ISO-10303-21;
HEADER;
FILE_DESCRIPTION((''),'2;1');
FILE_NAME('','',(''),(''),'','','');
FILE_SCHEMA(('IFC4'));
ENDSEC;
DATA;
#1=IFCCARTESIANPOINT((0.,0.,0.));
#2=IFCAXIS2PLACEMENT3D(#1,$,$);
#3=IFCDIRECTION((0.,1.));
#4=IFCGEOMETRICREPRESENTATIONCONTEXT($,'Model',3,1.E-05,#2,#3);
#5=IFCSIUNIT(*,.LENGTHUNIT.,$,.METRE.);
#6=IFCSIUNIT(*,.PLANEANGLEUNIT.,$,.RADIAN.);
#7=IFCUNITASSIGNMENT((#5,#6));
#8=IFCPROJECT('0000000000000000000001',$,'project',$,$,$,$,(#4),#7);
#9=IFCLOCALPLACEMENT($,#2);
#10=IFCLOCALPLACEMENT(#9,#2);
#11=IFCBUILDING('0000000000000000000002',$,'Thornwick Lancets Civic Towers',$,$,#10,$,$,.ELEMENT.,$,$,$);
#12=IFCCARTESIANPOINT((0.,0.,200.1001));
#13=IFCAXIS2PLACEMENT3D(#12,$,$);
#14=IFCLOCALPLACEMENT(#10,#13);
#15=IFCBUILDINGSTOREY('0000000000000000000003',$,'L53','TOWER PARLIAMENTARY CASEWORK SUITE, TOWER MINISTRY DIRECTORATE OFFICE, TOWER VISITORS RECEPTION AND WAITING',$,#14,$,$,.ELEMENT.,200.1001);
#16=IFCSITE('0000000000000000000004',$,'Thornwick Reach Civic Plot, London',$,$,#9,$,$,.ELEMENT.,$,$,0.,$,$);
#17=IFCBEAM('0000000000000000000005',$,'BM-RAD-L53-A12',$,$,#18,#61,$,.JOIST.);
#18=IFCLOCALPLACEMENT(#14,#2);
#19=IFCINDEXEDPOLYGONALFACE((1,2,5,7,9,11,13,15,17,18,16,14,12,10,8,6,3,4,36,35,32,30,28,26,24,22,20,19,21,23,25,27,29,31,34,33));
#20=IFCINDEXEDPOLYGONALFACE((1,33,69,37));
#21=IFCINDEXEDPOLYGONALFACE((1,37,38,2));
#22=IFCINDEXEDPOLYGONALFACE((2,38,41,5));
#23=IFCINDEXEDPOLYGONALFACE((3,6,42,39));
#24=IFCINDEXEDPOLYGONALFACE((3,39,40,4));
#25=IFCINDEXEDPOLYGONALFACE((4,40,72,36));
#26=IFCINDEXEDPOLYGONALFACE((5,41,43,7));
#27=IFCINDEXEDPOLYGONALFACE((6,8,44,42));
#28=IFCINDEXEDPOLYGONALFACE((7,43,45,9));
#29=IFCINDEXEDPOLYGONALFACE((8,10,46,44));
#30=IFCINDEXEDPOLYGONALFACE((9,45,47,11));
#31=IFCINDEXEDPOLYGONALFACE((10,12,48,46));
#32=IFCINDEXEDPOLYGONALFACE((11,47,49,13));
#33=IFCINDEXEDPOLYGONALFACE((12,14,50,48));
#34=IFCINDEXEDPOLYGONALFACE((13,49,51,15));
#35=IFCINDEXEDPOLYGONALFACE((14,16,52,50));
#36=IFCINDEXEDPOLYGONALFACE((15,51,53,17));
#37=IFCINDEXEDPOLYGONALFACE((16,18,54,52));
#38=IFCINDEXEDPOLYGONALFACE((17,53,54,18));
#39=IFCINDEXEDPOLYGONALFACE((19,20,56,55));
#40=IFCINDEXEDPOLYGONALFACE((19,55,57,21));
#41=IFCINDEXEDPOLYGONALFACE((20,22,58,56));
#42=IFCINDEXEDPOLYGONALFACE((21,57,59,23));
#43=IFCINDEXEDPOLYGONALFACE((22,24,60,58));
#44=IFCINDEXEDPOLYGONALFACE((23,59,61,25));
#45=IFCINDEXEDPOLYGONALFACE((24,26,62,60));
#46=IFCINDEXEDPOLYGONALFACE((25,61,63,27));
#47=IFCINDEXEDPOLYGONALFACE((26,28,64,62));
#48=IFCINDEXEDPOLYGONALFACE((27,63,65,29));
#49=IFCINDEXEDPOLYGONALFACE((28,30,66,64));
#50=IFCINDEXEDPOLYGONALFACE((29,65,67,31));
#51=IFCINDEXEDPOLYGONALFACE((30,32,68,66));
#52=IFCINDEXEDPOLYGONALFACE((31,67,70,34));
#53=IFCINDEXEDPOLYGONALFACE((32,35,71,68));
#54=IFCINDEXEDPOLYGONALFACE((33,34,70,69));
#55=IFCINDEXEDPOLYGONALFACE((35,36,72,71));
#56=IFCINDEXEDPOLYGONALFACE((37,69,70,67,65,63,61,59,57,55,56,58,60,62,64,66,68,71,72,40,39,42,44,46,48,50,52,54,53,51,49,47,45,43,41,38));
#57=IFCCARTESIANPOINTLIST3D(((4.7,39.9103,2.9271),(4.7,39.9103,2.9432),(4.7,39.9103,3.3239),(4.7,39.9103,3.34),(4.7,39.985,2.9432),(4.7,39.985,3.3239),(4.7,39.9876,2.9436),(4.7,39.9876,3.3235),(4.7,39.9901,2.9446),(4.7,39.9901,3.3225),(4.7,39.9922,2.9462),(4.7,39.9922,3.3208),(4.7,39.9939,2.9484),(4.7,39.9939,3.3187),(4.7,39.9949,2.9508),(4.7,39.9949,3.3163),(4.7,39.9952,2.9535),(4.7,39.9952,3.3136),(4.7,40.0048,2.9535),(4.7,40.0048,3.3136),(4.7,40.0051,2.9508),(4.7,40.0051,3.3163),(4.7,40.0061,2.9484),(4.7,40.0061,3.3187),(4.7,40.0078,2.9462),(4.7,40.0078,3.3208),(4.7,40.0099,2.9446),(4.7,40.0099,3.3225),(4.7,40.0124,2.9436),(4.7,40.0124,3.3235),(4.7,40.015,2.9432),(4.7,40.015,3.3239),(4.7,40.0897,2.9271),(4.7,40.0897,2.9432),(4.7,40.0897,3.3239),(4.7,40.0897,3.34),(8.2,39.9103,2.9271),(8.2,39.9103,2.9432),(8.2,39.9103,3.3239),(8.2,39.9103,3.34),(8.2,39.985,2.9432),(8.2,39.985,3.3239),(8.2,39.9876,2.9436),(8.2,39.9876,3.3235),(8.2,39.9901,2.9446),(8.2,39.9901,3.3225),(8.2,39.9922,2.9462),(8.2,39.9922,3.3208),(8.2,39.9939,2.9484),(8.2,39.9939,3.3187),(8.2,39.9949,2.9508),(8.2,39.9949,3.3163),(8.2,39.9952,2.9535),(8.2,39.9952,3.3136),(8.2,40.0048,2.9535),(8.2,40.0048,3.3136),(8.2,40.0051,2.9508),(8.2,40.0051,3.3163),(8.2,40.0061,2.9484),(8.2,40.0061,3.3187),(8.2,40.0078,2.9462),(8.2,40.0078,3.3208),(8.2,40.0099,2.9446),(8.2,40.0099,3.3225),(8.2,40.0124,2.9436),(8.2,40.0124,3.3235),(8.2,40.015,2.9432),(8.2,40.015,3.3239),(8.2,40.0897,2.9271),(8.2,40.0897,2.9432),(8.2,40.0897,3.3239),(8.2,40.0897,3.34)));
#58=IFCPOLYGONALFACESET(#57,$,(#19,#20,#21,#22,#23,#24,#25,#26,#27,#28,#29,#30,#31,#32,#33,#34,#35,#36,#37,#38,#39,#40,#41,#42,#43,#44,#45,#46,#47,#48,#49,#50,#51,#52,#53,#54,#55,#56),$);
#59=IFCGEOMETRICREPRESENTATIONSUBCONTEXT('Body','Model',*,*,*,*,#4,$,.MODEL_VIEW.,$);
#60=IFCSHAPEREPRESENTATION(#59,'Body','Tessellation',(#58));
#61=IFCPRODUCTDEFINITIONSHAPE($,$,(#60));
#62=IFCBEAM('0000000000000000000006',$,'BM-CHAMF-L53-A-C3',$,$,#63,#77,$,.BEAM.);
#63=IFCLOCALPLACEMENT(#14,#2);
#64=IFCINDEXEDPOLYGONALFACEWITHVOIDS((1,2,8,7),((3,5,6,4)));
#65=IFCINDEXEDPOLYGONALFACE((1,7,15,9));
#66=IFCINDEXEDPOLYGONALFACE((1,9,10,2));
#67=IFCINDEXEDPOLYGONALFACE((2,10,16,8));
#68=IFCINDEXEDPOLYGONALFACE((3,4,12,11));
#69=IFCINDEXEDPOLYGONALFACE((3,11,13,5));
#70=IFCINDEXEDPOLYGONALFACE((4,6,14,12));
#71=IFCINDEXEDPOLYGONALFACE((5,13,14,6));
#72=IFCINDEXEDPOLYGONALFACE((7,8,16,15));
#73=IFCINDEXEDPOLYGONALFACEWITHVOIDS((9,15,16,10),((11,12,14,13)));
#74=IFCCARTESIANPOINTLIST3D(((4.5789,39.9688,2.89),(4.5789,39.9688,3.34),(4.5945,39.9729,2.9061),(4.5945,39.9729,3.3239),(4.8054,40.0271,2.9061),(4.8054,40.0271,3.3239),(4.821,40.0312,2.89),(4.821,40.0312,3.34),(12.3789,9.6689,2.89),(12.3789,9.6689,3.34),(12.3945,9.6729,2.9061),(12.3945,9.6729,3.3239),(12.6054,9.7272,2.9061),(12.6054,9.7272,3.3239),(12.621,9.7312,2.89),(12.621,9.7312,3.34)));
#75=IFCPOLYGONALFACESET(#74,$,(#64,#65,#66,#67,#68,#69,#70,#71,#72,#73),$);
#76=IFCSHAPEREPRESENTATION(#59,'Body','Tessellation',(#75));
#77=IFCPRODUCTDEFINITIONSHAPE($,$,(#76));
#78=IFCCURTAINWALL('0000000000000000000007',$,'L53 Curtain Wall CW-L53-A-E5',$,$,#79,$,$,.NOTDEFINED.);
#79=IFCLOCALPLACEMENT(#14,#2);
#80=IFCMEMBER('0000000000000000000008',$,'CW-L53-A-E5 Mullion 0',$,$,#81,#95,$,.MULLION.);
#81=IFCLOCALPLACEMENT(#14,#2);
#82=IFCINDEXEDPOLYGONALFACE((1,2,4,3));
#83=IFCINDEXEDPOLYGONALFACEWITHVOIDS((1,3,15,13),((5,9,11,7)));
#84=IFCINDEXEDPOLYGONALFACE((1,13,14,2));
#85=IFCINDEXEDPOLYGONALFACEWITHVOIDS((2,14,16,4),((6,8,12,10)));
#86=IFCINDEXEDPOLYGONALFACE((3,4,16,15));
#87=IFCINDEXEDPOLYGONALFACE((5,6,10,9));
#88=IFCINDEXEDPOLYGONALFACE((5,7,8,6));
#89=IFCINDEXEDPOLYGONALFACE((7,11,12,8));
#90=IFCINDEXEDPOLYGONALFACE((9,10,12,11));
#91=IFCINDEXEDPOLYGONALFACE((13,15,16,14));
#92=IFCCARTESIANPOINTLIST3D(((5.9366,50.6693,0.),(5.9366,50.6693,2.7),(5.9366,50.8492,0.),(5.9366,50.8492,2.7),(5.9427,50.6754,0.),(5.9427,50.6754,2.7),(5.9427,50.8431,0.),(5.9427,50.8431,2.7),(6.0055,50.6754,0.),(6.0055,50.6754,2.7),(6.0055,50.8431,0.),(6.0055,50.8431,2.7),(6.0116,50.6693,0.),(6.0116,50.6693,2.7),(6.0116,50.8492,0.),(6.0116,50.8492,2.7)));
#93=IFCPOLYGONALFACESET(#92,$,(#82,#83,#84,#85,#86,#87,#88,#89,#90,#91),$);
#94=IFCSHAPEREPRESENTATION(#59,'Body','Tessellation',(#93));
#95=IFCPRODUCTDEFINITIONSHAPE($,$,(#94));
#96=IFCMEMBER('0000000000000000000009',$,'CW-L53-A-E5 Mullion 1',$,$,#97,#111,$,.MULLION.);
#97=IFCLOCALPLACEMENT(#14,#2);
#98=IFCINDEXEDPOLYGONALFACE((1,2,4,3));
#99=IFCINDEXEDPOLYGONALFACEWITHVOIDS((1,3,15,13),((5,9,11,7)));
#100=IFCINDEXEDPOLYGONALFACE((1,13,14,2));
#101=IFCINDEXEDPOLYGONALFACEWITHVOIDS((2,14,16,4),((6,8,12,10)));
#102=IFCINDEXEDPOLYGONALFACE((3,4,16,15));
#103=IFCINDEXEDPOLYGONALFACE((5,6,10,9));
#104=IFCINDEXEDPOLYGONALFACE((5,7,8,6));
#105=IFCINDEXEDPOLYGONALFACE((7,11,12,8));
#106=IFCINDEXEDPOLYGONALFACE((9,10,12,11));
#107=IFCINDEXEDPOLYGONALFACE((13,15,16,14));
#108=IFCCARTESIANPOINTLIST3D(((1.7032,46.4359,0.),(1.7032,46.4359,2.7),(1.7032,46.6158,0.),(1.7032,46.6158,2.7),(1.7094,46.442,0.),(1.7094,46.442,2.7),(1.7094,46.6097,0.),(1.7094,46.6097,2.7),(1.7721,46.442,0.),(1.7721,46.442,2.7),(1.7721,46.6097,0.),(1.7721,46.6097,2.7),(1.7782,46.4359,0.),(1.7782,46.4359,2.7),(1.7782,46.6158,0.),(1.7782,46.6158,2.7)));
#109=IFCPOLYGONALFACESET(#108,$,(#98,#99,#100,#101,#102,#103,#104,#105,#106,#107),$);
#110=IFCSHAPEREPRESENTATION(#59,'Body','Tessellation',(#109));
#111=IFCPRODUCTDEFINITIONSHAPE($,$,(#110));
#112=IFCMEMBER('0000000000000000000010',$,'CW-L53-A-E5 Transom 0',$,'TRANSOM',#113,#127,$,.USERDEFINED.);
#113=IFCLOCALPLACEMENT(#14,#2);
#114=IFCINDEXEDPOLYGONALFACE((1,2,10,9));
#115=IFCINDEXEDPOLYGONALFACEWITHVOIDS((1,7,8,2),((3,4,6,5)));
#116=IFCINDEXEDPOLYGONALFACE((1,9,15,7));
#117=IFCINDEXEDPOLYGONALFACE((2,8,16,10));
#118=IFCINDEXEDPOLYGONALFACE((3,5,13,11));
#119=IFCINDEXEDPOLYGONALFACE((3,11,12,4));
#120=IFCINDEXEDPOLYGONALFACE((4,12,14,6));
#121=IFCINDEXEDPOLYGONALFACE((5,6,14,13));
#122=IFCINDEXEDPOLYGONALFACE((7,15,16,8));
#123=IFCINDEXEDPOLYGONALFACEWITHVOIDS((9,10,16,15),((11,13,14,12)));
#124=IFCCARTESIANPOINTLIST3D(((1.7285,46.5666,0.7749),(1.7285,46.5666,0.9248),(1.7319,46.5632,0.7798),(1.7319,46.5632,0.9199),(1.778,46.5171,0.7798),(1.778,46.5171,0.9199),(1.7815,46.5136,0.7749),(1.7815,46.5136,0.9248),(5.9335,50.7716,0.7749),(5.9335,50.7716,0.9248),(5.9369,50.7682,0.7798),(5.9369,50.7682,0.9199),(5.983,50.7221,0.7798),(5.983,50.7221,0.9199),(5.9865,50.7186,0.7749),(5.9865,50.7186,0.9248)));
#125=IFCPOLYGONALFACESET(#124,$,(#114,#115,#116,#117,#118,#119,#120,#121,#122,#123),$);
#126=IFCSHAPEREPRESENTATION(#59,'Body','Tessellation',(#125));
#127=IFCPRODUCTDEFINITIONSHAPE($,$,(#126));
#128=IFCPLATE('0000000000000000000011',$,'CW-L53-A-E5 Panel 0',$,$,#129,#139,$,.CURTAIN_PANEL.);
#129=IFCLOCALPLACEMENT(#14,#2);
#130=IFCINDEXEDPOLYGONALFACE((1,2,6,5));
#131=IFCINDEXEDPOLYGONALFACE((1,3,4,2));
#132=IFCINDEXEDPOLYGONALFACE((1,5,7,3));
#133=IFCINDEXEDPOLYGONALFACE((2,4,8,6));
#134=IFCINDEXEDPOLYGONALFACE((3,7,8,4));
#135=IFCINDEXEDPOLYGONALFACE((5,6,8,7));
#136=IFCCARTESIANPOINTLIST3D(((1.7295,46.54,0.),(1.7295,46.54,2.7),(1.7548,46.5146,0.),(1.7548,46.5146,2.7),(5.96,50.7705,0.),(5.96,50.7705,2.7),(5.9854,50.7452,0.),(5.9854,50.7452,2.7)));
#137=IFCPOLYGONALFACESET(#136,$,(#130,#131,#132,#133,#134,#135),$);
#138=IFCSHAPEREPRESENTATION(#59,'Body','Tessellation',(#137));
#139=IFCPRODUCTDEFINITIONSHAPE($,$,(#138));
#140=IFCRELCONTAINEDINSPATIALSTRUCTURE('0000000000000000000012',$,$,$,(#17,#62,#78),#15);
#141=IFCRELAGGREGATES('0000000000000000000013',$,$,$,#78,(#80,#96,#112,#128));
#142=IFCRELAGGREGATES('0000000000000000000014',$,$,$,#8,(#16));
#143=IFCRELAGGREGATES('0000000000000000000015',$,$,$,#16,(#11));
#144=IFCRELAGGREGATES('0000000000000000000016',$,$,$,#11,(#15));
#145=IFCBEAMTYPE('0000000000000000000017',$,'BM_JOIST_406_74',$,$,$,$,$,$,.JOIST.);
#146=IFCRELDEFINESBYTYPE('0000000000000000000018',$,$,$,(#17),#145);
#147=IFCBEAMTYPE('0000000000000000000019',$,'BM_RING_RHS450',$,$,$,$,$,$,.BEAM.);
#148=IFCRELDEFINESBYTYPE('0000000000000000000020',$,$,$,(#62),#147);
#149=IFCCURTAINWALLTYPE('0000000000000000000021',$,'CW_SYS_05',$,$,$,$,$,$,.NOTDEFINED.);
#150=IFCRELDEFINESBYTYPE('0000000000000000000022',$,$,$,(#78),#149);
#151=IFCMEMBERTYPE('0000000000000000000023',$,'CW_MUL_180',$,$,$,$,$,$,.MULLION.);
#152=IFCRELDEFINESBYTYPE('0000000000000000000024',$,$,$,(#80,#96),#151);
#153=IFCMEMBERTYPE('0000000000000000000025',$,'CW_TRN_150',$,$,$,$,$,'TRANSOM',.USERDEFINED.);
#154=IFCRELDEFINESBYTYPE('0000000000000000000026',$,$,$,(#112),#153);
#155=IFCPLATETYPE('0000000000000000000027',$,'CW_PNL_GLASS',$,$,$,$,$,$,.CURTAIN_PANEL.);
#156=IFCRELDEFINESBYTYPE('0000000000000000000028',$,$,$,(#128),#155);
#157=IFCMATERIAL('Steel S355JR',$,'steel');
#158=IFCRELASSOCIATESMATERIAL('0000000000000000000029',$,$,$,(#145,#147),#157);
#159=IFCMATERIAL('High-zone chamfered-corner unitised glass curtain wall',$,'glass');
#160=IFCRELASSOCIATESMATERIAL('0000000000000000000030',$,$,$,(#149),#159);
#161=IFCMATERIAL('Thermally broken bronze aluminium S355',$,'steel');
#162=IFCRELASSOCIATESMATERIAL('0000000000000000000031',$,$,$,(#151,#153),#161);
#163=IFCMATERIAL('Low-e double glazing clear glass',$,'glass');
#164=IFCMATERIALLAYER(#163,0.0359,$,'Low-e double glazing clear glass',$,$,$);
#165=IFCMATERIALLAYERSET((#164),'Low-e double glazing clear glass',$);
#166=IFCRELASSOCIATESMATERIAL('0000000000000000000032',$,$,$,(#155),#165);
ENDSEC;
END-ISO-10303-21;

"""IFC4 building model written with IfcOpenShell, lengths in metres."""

from ifc_helpers import new_model, si_unit, direction, frame, origin, origin_2d, place, context, subcontext, project, spatial, rectangle, hollow_rectangle, i_section, extrude, material, layer, layer_set, material_profile, profile_set, type_object, element, aggregate, save


model = new_model("IFC4")

# Units and contexts
model_context = context("Model", 3, precision=1e-05, world=origin(), true_north=direction((0.0, 1.0)))
body_context = subcontext(model_context, "Body", "Model", "MODEL_VIEW")
ifc_project = project(units=[si_unit("LENGTHUNIT", "METRE"), si_unit("PLANEANGLEUNIT", "RADIAN")], contexts=[model_context])

# Site, building, storey
site_placement = place(None, origin())
site = spatial("IfcSite", under=ifc_project, at=site_placement, Name="Thornwick Reach Civic Plot, London", CompositionType="ELEMENT", RefElevation=0.0)
building_placement = place(site_placement, origin())
building = spatial("IfcBuilding", under=site, at=building_placement, Name="Thornwick Lancets Civic Towers", CompositionType="ELEMENT")
storey_placement = place(building_placement, frame((0.0, 0.0, 200.1001)))
storey = spatial("IfcBuildingStorey", under=building, at=storey_placement, Name="L53", Description="TOWER PARLIAMENTARY CASEWORK SUITE, TOWER MINISTRY DIRECTORATE OFFICE, TOWER VISITORS RECEPTION AND WAITING", CompositionType="ELEMENT", Elevation=200.1001)

# Shared definitions
ifc_material_1 = material(Name="Steel S355JR", Category="steel")

# Beams
ifc_material_profile_1 = material_profile(ifc_material_1, i_section(OverallWidth=0.1794, OverallDepth=0.4128, WebThickness=0.0095, FlangeThickness=0.0161, FilletRadius=0.0103, at=origin_2d()), Name="UKB 406x178x74")
ifc_profile_set_1 = profile_set([ifc_material_profile_1], Name="Steel S355JR")
beam_type_1 = type_object("IfcBeamType", Name="BM_JOIST_406_74", PredefinedType="JOIST", material=ifc_profile_set_1)
for number, where, z_axis, x_axis, name in (
    (1, (8.2, 40.0, 3.1335), (-1.0, 0.0, 0.0), (0.0, -1.0, 0.0), "BM-RAD-L53-A12"),
):
    element("IfcBeam", number, at=place(storey_placement, frame(where, z_axis=z_axis, x_axis=x_axis)), inside=storey, type_object=beam_type_1, Name=name, PredefinedType="JOIST", context=body_context, shape_type="SweptSolid", body=[
        extrude(i_section(OverallWidth=0.1794, OverallDepth=0.4128, WebThickness=0.0095, FlangeThickness=0.0161, FilletRadius=0.0103, at=origin_2d()), origin(), (0.0, 0.0, 1.0), 3.5),
    ])
ifc_material_profile_2 = material_profile(ifc_material_1, hollow_rectangle(XDim=0.25, YDim=0.45, WallThickness=0.0161, at=origin_2d()), Name="RHS 450x250x16")
ifc_profile_set_2 = profile_set([ifc_material_profile_2], Name="Steel S355JR")
beam_type_2 = type_object("IfcBeamType", Name="BM_RING_RHS450", PredefinedType="BEAM", material=ifc_profile_set_2)
beam_1_placement = place(storey_placement, frame((4.7, 40.0, 3.115), z_axis=(0.249299, -0.968427, 0.0), x_axis=(0.968427, 0.249299, 0.0)))
element("IfcBeam", 2, at=beam_1_placement, inside=storey, type_object=beam_type_2, Name="BM-CHAMF-L53-A-C3", PredefinedType="BEAM", context=body_context, shape_type="SweptSolid", body=[
    extrude(hollow_rectangle(XDim=0.25, YDim=0.45, WallThickness=0.0161, at=origin_2d()), origin(), (0.0, 0.0, 1.0), 31.2878),
])

# Curtain wall, members, plate
ifc_material_2 = material(Name="High-zone chamfered-corner unitised glass curtain wall", Category="glass")
curtain_wall_type = type_object("IfcCurtainWallType", Name="CW_SYS_05", PredefinedType="NOTDEFINED", material=ifc_material_2)
curtain_wall_placement = place(storey_placement, origin())
curtain_wall = element("IfcCurtainWall", 3, at=curtain_wall_placement, inside=storey, type_object=curtain_wall_type, Name="L53 Curtain Wall CW-L53-A-E5", PredefinedType="NOTDEFINED")
ifc_material_3 = material(Name="Thermally broken bronze aluminium S355", Category="steel")
ifc_material_profile_3 = material_profile(ifc_material_3, hollow_rectangle(XDim=0.075, YDim=0.1799, WallThickness=0.0061, at=origin_2d()), Name="RHS 180x75x6")
ifc_profile_set_3 = profile_set([ifc_material_profile_3], Name="Thermally broken bronze aluminium S355")
member_type_1 = type_object("IfcMemberType", Name="CW_MUL_180", PredefinedType="MULLION", material=ifc_profile_set_3)
member_1_placement = place(storey_placement, frame((5.9741, 50.7593, 0.0), z_axis=(0.0, 0.0, 1.0), x_axis=(1.0, 0.0, 0.0)))
member_1 = element("IfcMember", 4, at=member_1_placement, type_object=member_type_1, Name="CW-L53-A-E5 Mullion 0", PredefinedType="MULLION", context=body_context, shape_type="SweptSolid", body=[
    extrude(hollow_rectangle(XDim=0.075, YDim=0.1799, WallThickness=0.0061, at=origin_2d()), origin(), (0.0, 0.0, 1.0), 2.7),
])
member_2_placement = place(storey_placement, frame((1.7407, 46.5259, 0.0), z_axis=(0.0, 0.0, 1.0), x_axis=(1.0, 0.0, 0.0)))
member_2 = element("IfcMember", 5, at=member_2_placement, type_object=member_type_1, Name="CW-L53-A-E5 Mullion 1", PredefinedType="MULLION", context=body_context, shape_type="SweptSolid", body=[
    extrude(hollow_rectangle(XDim=0.075, YDim=0.1799, WallThickness=0.0061, at=origin_2d()), origin(), (0.0, 0.0, 1.0), 2.7),
])
ifc_material_profile_4 = material_profile(ifc_material_3, hollow_rectangle(XDim=0.075, YDim=0.1499, WallThickness=0.0049, at=origin_2d()), Name="RHS 150x75x5")
ifc_profile_set_4 = profile_set([ifc_material_profile_4], Name="Thermally broken bronze aluminium S355")
member_type_2 = type_object("IfcMemberType", Name="CW_TRN_150", ElementType="TRANSOM", PredefinedType="USERDEFINED", material=ifc_profile_set_4)
member_3_placement = place(storey_placement, frame((5.96, 50.7451, 0.8499), z_axis=(-0.707107, -0.707107, 0.0), x_axis=(0.707107, -0.707107, 0.0)))
member_3 = element("IfcMember", 6, at=member_3_placement, type_object=member_type_2, Name="CW-L53-A-E5 Transom 0", ObjectType="TRANSOM", PredefinedType="USERDEFINED", context=body_context, shape_type="SweptSolid", body=[
    extrude(hollow_rectangle(XDim=0.075, YDim=0.1499, WallThickness=0.0049, at=origin_2d()), origin(), (0.0, 0.0, 1.0), 5.9468),
])
ifc_material_4 = material(Name="Low-e double glazing clear glass", Category="glass")
ifc_layer_1 = layer(ifc_material_4, 0.0359, Name="Low-e double glazing clear glass")
ifc_layer_set_1 = layer_set([ifc_layer_1], Name="Low-e double glazing clear glass")
plate_type = type_object("IfcPlateType", Name="CW_PNL_GLASS", PredefinedType="CURTAIN_PANEL", material=ifc_layer_set_1)
plate_placement = place(storey_placement, frame((3.8574, 48.6426, 0.0), z_axis=(0.0, 0.0, 1.0), x_axis=(-0.707107, -0.707107, 0.0)))
plate = element("IfcPlate", 7, at=plate_placement, type_object=plate_type, Name="CW-L53-A-E5 Panel 0", PredefinedType="CURTAIN_PANEL", context=body_context, shape_type="SweptSolid", body=[
    extrude(rectangle(XDim=5.9829, YDim=0.0359, at=origin_2d()), origin(), (0.0, 0.0, 1.0), 2.7),
])
aggregate(curtain_wall, [member_1, member_2, member_3, plate])

save(model, "model.ifc")
